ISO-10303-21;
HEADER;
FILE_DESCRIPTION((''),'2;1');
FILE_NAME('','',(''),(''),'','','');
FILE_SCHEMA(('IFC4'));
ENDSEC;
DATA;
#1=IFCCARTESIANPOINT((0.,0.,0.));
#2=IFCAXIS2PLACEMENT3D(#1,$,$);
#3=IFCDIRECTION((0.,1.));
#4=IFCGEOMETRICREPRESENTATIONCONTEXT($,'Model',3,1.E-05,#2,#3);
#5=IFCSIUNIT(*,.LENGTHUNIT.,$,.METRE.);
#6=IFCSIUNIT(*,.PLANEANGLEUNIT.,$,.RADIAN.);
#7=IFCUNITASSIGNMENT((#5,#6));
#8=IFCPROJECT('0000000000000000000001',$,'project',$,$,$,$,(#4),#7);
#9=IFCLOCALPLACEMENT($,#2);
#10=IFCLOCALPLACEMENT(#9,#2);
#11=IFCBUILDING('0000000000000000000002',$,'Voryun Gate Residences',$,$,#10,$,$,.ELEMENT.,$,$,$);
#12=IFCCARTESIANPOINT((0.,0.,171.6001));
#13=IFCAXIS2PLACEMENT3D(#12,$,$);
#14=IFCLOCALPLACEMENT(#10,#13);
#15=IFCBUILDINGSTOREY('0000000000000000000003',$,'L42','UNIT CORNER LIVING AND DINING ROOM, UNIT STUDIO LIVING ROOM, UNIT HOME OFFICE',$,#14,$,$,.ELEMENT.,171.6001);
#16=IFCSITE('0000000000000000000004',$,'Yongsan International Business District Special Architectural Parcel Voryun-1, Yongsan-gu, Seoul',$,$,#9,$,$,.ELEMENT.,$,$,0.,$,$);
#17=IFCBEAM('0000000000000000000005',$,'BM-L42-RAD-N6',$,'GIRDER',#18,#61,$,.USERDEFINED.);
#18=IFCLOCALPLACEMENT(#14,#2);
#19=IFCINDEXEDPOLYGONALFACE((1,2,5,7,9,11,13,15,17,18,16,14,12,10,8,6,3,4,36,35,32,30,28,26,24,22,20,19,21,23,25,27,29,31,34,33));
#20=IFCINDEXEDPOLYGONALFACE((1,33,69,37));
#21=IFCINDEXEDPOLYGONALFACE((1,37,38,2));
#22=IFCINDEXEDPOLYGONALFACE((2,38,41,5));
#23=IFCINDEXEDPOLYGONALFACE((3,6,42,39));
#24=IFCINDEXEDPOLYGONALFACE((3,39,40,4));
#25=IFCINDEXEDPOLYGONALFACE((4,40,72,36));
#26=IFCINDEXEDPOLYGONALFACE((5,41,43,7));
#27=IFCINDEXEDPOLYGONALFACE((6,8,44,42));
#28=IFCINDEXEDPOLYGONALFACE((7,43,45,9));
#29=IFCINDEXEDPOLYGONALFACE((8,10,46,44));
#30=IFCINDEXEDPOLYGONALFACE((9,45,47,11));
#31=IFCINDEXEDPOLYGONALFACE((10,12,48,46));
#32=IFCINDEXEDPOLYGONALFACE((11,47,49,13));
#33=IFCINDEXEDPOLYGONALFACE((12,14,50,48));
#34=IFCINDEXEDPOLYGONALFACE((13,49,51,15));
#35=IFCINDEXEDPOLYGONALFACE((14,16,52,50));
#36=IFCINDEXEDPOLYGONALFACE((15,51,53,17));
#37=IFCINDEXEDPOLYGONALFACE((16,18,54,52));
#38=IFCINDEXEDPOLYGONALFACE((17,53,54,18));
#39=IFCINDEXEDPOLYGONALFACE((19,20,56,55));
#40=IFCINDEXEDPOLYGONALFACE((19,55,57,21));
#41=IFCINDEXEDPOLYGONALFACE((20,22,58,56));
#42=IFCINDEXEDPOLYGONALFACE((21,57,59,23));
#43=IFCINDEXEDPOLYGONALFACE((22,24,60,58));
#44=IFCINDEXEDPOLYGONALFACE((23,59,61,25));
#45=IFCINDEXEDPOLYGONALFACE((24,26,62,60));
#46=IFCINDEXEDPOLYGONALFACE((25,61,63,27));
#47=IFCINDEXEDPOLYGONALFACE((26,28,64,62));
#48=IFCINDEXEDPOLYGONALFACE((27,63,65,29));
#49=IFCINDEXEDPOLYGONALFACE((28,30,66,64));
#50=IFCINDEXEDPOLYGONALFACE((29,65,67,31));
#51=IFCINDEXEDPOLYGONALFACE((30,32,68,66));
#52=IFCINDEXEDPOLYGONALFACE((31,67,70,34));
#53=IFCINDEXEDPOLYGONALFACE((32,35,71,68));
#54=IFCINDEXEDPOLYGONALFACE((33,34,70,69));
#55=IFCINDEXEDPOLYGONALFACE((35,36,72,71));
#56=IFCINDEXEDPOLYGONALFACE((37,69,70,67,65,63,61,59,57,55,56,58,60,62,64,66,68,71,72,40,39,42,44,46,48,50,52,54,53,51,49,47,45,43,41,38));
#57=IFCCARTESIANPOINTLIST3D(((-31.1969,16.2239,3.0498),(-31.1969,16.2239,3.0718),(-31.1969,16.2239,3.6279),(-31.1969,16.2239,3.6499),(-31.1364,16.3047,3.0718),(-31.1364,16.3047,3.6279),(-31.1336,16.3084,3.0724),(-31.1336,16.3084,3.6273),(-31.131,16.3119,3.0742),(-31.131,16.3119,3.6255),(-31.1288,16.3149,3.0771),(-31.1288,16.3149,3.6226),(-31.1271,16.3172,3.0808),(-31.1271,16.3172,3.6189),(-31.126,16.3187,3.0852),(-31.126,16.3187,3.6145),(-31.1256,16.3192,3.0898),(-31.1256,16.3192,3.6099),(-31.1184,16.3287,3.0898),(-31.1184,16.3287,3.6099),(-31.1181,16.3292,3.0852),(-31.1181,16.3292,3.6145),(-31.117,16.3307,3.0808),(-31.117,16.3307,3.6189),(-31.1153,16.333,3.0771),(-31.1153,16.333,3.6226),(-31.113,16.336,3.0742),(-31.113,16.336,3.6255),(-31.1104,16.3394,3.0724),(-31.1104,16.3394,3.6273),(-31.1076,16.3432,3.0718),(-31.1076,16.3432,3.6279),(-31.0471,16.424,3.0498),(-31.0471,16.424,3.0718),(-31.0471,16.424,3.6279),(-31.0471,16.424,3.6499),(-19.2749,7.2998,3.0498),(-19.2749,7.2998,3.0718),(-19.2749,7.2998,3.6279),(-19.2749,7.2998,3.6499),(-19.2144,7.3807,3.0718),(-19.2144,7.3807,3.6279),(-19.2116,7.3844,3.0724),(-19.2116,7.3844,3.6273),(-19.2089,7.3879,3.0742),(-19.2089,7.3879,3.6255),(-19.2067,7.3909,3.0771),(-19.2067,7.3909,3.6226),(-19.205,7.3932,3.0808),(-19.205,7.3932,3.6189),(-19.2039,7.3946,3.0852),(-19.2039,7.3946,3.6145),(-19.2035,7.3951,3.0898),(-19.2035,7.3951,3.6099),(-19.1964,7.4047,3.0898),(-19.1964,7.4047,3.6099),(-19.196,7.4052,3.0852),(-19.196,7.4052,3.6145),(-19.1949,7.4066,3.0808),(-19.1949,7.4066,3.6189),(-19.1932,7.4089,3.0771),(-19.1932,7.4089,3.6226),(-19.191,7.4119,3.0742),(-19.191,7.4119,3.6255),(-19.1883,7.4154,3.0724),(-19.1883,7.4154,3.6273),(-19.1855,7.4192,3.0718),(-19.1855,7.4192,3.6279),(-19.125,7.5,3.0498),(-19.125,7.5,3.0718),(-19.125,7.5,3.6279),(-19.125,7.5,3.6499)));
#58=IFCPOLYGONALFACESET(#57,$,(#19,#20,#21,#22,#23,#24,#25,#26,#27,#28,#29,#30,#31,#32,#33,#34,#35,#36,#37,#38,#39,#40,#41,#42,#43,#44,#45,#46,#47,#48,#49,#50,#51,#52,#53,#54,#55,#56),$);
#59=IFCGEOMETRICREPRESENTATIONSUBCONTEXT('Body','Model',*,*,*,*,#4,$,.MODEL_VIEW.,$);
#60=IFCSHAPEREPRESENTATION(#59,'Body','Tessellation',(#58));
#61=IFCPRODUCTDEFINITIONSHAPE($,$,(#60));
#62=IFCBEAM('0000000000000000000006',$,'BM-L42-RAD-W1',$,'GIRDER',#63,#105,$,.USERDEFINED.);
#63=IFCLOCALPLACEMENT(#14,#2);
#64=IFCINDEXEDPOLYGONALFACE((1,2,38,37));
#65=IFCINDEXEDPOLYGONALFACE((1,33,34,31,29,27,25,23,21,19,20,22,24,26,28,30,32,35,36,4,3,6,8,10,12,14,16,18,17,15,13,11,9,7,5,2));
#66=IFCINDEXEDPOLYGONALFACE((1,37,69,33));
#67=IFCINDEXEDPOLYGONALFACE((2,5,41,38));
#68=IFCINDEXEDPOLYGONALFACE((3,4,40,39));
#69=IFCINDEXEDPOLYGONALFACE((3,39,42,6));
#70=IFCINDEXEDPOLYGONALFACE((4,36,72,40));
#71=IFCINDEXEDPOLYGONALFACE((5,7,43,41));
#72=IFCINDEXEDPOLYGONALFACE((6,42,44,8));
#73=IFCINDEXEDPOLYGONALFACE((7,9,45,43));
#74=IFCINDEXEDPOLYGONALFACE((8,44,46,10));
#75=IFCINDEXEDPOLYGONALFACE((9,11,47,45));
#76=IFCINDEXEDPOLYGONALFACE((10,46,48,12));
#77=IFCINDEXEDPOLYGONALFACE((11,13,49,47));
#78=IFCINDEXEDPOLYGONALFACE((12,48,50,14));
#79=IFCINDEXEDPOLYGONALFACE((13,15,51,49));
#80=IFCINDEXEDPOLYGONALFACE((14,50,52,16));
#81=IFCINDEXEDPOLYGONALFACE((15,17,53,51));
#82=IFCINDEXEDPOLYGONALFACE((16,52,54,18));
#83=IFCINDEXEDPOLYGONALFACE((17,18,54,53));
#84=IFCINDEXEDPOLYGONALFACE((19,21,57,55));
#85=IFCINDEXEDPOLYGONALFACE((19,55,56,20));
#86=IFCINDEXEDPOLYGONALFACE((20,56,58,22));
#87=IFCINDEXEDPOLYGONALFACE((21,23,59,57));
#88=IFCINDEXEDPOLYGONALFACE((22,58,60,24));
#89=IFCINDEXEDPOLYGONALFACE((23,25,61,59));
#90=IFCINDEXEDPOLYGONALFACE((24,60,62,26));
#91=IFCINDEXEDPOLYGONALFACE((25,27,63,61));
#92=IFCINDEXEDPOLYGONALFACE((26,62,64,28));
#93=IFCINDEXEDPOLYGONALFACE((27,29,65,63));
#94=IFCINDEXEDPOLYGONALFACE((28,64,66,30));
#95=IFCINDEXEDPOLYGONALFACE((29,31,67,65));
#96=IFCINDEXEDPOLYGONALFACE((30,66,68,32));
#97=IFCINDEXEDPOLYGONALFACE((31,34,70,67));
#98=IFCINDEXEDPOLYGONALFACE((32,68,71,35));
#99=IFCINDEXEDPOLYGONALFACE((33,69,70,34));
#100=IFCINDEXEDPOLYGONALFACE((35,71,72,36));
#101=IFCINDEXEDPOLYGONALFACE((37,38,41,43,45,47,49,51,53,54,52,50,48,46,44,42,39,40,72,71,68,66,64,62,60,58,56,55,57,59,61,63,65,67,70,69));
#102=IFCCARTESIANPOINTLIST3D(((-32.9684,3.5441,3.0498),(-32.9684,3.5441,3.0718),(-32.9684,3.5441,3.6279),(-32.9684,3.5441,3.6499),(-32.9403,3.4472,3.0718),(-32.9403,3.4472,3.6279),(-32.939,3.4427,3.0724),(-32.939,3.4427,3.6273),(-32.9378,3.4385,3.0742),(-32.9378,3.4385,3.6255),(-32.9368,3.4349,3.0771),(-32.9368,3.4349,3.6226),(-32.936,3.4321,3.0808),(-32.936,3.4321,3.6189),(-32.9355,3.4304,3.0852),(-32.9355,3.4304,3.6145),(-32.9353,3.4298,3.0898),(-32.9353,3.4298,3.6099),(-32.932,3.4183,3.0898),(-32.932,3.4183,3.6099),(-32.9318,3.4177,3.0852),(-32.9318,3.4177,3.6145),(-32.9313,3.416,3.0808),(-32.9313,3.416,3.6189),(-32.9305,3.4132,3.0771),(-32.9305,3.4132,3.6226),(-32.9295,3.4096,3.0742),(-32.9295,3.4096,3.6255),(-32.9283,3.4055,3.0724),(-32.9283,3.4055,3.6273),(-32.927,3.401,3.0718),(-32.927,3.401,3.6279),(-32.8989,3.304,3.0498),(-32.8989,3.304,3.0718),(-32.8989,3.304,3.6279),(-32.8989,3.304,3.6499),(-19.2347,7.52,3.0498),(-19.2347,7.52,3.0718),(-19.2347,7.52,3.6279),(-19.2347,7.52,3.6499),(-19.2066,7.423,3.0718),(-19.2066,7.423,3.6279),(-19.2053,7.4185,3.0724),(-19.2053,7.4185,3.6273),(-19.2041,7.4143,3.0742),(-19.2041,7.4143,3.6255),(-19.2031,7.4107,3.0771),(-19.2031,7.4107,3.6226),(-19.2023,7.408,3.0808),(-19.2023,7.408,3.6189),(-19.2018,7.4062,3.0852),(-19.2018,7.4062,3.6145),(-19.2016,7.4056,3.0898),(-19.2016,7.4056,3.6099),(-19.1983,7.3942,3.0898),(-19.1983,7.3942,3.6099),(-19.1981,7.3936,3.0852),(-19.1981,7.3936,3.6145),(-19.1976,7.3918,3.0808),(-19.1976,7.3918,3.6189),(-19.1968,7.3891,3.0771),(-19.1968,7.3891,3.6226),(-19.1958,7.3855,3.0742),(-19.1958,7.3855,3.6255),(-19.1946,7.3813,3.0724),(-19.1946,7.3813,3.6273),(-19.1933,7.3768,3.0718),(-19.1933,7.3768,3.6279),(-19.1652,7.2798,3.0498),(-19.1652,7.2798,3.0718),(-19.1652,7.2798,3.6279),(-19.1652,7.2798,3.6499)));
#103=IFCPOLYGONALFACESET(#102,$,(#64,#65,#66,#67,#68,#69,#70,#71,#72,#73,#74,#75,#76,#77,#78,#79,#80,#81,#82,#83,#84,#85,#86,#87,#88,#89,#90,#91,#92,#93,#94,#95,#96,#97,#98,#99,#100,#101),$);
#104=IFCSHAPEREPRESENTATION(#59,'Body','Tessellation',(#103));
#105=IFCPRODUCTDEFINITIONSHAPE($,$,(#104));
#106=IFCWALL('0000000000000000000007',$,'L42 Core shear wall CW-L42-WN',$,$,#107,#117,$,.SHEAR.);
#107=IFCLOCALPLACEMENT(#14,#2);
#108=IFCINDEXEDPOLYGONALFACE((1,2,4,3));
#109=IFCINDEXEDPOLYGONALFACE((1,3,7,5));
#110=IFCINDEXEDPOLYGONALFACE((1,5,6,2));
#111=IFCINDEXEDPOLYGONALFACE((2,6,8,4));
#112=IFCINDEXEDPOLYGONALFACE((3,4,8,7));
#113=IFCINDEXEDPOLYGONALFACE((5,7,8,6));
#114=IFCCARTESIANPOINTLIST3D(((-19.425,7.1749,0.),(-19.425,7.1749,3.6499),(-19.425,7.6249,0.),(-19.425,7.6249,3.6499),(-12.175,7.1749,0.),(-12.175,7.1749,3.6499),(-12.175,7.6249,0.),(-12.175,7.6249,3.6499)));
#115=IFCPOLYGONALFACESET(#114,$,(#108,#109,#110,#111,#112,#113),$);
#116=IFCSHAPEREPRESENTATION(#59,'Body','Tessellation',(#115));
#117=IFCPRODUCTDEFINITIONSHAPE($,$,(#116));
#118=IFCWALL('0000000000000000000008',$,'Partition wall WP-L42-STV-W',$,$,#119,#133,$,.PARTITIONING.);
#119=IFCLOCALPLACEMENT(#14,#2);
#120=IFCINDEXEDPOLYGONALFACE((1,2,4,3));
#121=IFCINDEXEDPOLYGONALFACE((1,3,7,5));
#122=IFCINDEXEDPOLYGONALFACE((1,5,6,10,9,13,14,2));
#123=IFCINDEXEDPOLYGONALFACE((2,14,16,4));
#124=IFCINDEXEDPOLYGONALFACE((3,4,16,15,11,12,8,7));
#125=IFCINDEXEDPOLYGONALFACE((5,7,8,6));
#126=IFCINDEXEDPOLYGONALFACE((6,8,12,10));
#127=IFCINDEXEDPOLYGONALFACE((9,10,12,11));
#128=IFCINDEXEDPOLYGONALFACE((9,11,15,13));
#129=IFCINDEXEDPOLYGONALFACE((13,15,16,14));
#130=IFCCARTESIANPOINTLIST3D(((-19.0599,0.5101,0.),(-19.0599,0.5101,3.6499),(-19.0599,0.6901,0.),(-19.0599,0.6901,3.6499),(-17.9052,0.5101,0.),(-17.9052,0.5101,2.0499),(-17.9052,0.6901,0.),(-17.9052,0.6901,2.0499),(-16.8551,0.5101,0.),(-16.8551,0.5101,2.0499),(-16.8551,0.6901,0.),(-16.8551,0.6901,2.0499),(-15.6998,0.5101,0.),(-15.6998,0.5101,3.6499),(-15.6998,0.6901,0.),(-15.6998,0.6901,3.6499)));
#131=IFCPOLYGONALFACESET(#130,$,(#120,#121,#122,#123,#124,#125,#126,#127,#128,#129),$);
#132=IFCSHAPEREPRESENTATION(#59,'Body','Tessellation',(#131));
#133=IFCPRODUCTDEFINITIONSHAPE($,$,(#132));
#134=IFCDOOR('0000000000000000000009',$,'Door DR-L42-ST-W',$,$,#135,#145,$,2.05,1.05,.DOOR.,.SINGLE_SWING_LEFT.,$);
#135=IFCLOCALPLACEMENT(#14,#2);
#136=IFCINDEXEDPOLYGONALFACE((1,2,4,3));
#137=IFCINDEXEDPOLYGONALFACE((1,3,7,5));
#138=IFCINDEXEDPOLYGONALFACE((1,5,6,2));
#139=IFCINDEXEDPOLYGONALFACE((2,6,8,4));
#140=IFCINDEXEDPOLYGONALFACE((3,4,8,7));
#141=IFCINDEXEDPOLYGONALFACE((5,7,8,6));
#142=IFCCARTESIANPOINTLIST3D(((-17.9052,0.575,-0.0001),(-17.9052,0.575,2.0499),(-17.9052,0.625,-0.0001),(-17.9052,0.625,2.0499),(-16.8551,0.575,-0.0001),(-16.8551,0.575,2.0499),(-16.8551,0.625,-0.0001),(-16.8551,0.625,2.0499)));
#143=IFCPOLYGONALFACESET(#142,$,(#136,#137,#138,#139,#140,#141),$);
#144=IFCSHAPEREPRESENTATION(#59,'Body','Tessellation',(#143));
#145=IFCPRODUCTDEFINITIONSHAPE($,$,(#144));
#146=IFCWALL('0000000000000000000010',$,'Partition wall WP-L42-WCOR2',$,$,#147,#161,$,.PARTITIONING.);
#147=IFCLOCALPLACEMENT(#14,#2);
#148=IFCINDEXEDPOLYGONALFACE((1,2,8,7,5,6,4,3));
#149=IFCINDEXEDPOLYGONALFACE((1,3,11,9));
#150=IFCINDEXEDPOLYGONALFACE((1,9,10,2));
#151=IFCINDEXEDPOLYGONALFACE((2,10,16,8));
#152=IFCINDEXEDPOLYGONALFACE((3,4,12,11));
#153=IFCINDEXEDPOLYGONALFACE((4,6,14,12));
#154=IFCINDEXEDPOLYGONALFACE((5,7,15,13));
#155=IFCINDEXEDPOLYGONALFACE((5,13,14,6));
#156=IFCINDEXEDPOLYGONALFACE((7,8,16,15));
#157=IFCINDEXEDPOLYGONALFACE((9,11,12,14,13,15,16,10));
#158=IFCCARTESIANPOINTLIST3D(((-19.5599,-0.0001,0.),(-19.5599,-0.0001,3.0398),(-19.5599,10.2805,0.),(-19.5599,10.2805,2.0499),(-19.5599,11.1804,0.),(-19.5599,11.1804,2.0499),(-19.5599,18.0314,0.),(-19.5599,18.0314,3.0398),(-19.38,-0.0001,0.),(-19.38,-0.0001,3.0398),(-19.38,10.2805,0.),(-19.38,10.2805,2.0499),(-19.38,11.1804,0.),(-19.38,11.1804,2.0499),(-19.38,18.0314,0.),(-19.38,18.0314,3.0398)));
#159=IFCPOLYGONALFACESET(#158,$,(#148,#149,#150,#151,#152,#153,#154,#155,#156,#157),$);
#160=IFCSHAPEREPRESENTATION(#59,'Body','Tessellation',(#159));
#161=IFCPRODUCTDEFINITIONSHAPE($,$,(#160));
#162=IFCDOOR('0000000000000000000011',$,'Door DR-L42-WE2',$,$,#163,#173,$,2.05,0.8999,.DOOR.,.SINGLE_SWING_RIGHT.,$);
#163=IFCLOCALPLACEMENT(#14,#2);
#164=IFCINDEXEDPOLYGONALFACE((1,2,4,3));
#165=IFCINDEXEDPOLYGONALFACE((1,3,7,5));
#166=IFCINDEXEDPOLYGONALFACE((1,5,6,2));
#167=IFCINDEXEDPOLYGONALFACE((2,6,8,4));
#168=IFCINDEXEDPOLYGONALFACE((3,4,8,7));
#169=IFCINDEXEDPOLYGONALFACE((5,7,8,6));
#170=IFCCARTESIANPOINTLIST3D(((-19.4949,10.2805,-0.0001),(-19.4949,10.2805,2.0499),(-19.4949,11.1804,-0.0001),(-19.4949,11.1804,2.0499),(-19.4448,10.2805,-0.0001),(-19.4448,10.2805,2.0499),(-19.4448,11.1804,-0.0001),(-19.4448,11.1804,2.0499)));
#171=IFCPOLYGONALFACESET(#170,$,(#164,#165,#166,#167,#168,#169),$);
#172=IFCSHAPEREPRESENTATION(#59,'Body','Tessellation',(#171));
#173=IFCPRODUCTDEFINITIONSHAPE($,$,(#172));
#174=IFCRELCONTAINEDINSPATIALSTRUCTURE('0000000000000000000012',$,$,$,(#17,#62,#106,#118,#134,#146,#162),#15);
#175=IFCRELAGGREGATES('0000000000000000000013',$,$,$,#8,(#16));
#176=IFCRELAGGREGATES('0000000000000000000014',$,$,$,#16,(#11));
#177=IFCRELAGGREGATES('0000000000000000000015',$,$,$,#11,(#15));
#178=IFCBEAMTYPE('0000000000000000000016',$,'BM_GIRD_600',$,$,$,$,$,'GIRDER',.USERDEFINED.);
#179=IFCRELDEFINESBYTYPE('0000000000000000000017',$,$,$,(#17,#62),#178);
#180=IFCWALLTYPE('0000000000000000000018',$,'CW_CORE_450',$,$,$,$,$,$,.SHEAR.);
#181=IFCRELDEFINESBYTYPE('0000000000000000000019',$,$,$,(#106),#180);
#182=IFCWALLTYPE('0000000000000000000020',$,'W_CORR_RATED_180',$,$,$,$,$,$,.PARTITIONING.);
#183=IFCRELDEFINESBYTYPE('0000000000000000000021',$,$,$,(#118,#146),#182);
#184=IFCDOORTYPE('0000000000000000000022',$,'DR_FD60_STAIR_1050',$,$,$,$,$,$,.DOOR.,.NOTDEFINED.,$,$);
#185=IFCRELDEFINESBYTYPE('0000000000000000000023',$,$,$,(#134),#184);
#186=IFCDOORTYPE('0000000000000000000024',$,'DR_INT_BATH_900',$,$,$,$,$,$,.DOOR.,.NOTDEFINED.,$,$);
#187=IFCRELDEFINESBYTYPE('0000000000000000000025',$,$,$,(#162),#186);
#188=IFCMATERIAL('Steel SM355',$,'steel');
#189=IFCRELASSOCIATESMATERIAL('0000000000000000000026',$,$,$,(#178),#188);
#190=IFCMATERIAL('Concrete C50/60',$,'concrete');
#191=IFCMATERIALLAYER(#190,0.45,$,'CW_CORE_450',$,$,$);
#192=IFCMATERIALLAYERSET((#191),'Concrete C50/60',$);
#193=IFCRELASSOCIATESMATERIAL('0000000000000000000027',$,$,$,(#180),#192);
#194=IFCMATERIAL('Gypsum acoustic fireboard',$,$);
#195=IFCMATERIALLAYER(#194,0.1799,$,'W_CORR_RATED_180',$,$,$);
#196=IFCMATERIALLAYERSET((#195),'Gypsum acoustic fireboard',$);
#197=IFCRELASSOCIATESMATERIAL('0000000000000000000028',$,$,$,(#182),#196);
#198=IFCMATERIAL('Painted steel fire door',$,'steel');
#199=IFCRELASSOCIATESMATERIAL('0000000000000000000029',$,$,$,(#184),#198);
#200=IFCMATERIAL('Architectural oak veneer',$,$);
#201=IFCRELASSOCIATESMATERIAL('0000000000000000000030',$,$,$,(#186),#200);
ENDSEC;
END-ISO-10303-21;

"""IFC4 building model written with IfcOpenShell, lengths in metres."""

from ifc_helpers import new_model, si_unit, direction, frame, frame_2d, origin, origin_2d, place, context, subcontext, project, spatial, rectangle, i_section, extrude, material, layer, layer_set, material_profile, profile_set, type_object, element, fill, save


model = new_model("IFC4")

# Units and contexts
model_context = context("Model", 3, precision=1e-05, world=origin(), true_north=direction((0.0, 1.0)))
body_context = subcontext(model_context, "Body", "Model", "MODEL_VIEW")
ifc_project = project(units=[si_unit("LENGTHUNIT", "METRE"), si_unit("PLANEANGLEUNIT", "RADIAN")], contexts=[model_context])

# Site, building, storey
site_placement = place(None, origin())
site = spatial("IfcSite", under=ifc_project, at=site_placement, Name="Yongsan International Business District Special Architectural Parcel Voryun-1, Yongsan-gu, Seoul", CompositionType="ELEMENT", RefElevation=0.0)
building_placement = place(site_placement, origin())
building = spatial("IfcBuilding", under=site, at=building_placement, Name="Voryun Gate Residences", CompositionType="ELEMENT")
storey_placement = place(building_placement, frame((0.0, 0.0, 171.6001)))
storey = spatial("IfcBuildingStorey", under=building, at=storey_placement, Name="L42", Description="UNIT CORNER LIVING AND DINING ROOM, UNIT STUDIO LIVING ROOM, UNIT HOME OFFICE", CompositionType="ELEMENT", Elevation=171.6001)

# Beams
ifc_material_1 = material(Name="Steel SM355", Category="steel")
ifc_material_profile_1 = material_profile(ifc_material_1, i_section(OverallWidth=0.25, OverallDepth=0.6001, WebThickness=0.012, FlangeThickness=0.022, FilletRadius=0.0181, at=origin_2d()), Name="H-600x250x12x22")
ifc_profile_set_1 = profile_set([ifc_material_profile_1], Name="Steel SM355")
beam_type_1 = type_object("IfcBeamType", Name="BM_GIRD_600", ElementType="GIRDER", PredefinedType="USERDEFINED", material=ifc_profile_set_1)
beam_1_placement = place(storey_placement, frame((-19.2, 7.3999, 3.3499), z_axis=(-0.800564, 0.599247, 0.0), x_axis=(-0.599247, -0.800564, 0.0)))
element("IfcBeam", 1, at=beam_1_placement, inside=storey, type_object=beam_type_1, Name="BM-L42-RAD-N6", ObjectType="GIRDER", PredefinedType="USERDEFINED", context=body_context, shape_type="SweptSolid", body=[
    extrude(i_section(OverallWidth=0.25, OverallDepth=0.6001, WebThickness=0.012, FlangeThickness=0.022, FilletRadius=0.0181, at=origin_2d()), origin(), (0.0, 0.0, 1.0), 14.8921),
])
beam_2_placement = place(storey_placement, frame((-19.2, 7.3999, 3.3499), z_axis=(-0.960559, -0.278078, 0.0), x_axis=(0.278078, -0.960559, 0.0)))
element("IfcBeam", 2, at=beam_2_placement, inside=storey, type_object=beam_type_1, Name="BM-L42-RAD-W1", ObjectType="GIRDER", PredefinedType="USERDEFINED", context=body_context, shape_type="SweptSolid", body=[
    extrude(i_section(OverallWidth=0.25, OverallDepth=0.6001, WebThickness=0.012, FlangeThickness=0.022, FilletRadius=0.0181, at=origin_2d()), origin(), (0.0, 0.0, 1.0), 14.2976),
])

# Wall
ifc_material_2 = material(Name="Concrete C50/60", Category="concrete")
ifc_layer_1 = layer(ifc_material_2, 0.45, Name="CW_CORE_450")
ifc_layer_set_1 = layer_set([ifc_layer_1], Name="Concrete C50/60")
wall_type_1 = type_object("IfcWallType", Name="CW_CORE_450", PredefinedType="SHEAR", material=ifc_layer_set_1)
wall_1_placement = place(storey_placement, frame((-19.425, 7.3999, 0.0), z_axis=(0.0, 0.0, 1.0), x_axis=(1.0, 0.0, 0.0)))
element("IfcWall", 3, at=wall_1_placement, inside=storey, type_object=wall_type_1, Name="L42 Core shear wall CW-L42-WN", PredefinedType="SHEAR", context=body_context, shape_type="SweptSolid", body=[
    extrude(rectangle(XDim=7.25, YDim=0.45, at=frame_2d((3.625, 0.0))), origin(), (0.0, 0.0, 1.0), 3.6499),
])

# Walls, openings, doors
ifc_material_3 = material(Name="Gypsum acoustic fireboard")
ifc_layer_2 = layer(ifc_material_3, 0.1799, Name="W_CORR_RATED_180")
ifc_layer_set_2 = layer_set([ifc_layer_2], Name="Gypsum acoustic fireboard")
wall_type_2 = type_object("IfcWallType", Name="W_CORR_RATED_180", PredefinedType="PARTITIONING", material=ifc_layer_set_2)
wall_2_placement = place(storey_placement, frame((-19.0601, 0.6001, 0.0), z_axis=(0.0, 0.0, 1.0), x_axis=(1.0, 0.0, 0.0)))
wall_2 = element("IfcWall", 4, at=wall_2_placement, inside=storey, type_object=wall_type_2, Name="Partition wall WP-L42-STV-W", PredefinedType="PARTITIONING", context=body_context, shape_type="SweptSolid", body=[
    extrude(rectangle(XDim=3.3601, YDim=0.1799, at=frame_2d((1.6802, 0.0))), origin(), (0.0, 0.0, 1.0), 3.6499),
])
opening_1_placement = place(wall_2_placement, frame((1.155, 0.0, 0.0)))
opening_1 = element("IfcOpeningElement", 5, at=opening_1_placement, cuts=wall_2, PredefinedType="OPENING", context=body_context, shape_type="SweptSolid", body=[
    extrude(rectangle(XDim=1.05, YDim=2.05, at=frame_2d((0.5249, 1.0249))), frame((0.0, 0.0999, 0.0), z_axis=(0.0, -1.0, 0.0), x_axis=(1.0, 0.0, 0.0)), (0.0, 0.0, 1.0), 0.2),
])
ifc_material_4 = material(Name="Painted steel fire door", Category="steel")
door_type_1 = type_object("IfcDoorType", Name="DR_FD60_STAIR_1050", OperationType="NOTDEFINED", PredefinedType="DOOR", material=ifc_material_4)
door_1_placement = place(opening_1_placement, origin())
door_1 = element("IfcDoor", 6, at=door_1_placement, inside=storey, type_object=door_type_1, Name="Door DR-L42-ST-W", OperationType="SINGLE_SWING_LEFT", OverallHeight=2.05, OverallWidth=1.05, PredefinedType="DOOR", context=body_context, shape_type="SweptSolid", body=[
    extrude(rectangle(XDim=1.05, YDim=2.05, at=frame_2d((0.5249, 1.0249))), frame((0.0, 0.0249, 0.0), z_axis=(0.0, -1.0, 0.0), x_axis=(1.0, 0.0, 0.0)), (0.0, 0.0, 1.0), 0.05),
])
fill(opening_1, door_1)
wall_3_placement = place(storey_placement, frame((-19.47, 0.0, 0.0), z_axis=(0.0, 0.0, 1.0), x_axis=(0.0, 1.0, 0.0)))
wall_3 = element("IfcWall", 7, at=wall_3_placement, inside=storey, type_object=wall_type_2, Name="Partition wall WP-L42-WCOR2", PredefinedType="PARTITIONING", context=body_context, shape_type="SweptSolid", body=[
    extrude(rectangle(XDim=18.0315, YDim=0.1799, at=frame_2d((9.0156, 0.0))), origin(), (0.0, 0.0, 1.0), 3.0398),
])
opening_2_placement = place(wall_3_placement, frame((10.2805, 0.0, 0.0)))
opening_2 = element("IfcOpeningElement", 8, at=opening_2_placement, cuts=wall_3, PredefinedType="OPENING", context=body_context, shape_type="SweptSolid", body=[
    extrude(rectangle(XDim=0.8999, YDim=2.05, at=frame_2d((0.45, 1.0249))), frame((0.0, 0.0999, 0.0), z_axis=(0.0, -1.0, 0.0), x_axis=(1.0, 0.0, 0.0)), (0.0, 0.0, 1.0), 0.2),
])
ifc_material_5 = material(Name="Architectural oak veneer")
door_type_2 = type_object("IfcDoorType", Name="DR_INT_BATH_900", OperationType="NOTDEFINED", PredefinedType="DOOR", material=ifc_material_5)
door_2_placement = place(opening_2_placement, origin())
door_2 = element("IfcDoor", 9, at=door_2_placement, inside=storey, type_object=door_type_2, Name="Door DR-L42-WE2", OperationType="SINGLE_SWING_RIGHT", OverallHeight=2.05, OverallWidth=0.8999, PredefinedType="DOOR", context=body_context, shape_type="SweptSolid", body=[
    extrude(rectangle(XDim=0.8999, YDim=2.05, at=frame_2d((0.45, 1.0249))), frame((0.0, 0.0249, 0.0), z_axis=(0.0, -1.0, 0.0), x_axis=(1.0, 0.0, 0.0)), (0.0, 0.0, 1.0), 0.05),
])
fill(opening_2, door_2)

save(model, "model.ifc")
